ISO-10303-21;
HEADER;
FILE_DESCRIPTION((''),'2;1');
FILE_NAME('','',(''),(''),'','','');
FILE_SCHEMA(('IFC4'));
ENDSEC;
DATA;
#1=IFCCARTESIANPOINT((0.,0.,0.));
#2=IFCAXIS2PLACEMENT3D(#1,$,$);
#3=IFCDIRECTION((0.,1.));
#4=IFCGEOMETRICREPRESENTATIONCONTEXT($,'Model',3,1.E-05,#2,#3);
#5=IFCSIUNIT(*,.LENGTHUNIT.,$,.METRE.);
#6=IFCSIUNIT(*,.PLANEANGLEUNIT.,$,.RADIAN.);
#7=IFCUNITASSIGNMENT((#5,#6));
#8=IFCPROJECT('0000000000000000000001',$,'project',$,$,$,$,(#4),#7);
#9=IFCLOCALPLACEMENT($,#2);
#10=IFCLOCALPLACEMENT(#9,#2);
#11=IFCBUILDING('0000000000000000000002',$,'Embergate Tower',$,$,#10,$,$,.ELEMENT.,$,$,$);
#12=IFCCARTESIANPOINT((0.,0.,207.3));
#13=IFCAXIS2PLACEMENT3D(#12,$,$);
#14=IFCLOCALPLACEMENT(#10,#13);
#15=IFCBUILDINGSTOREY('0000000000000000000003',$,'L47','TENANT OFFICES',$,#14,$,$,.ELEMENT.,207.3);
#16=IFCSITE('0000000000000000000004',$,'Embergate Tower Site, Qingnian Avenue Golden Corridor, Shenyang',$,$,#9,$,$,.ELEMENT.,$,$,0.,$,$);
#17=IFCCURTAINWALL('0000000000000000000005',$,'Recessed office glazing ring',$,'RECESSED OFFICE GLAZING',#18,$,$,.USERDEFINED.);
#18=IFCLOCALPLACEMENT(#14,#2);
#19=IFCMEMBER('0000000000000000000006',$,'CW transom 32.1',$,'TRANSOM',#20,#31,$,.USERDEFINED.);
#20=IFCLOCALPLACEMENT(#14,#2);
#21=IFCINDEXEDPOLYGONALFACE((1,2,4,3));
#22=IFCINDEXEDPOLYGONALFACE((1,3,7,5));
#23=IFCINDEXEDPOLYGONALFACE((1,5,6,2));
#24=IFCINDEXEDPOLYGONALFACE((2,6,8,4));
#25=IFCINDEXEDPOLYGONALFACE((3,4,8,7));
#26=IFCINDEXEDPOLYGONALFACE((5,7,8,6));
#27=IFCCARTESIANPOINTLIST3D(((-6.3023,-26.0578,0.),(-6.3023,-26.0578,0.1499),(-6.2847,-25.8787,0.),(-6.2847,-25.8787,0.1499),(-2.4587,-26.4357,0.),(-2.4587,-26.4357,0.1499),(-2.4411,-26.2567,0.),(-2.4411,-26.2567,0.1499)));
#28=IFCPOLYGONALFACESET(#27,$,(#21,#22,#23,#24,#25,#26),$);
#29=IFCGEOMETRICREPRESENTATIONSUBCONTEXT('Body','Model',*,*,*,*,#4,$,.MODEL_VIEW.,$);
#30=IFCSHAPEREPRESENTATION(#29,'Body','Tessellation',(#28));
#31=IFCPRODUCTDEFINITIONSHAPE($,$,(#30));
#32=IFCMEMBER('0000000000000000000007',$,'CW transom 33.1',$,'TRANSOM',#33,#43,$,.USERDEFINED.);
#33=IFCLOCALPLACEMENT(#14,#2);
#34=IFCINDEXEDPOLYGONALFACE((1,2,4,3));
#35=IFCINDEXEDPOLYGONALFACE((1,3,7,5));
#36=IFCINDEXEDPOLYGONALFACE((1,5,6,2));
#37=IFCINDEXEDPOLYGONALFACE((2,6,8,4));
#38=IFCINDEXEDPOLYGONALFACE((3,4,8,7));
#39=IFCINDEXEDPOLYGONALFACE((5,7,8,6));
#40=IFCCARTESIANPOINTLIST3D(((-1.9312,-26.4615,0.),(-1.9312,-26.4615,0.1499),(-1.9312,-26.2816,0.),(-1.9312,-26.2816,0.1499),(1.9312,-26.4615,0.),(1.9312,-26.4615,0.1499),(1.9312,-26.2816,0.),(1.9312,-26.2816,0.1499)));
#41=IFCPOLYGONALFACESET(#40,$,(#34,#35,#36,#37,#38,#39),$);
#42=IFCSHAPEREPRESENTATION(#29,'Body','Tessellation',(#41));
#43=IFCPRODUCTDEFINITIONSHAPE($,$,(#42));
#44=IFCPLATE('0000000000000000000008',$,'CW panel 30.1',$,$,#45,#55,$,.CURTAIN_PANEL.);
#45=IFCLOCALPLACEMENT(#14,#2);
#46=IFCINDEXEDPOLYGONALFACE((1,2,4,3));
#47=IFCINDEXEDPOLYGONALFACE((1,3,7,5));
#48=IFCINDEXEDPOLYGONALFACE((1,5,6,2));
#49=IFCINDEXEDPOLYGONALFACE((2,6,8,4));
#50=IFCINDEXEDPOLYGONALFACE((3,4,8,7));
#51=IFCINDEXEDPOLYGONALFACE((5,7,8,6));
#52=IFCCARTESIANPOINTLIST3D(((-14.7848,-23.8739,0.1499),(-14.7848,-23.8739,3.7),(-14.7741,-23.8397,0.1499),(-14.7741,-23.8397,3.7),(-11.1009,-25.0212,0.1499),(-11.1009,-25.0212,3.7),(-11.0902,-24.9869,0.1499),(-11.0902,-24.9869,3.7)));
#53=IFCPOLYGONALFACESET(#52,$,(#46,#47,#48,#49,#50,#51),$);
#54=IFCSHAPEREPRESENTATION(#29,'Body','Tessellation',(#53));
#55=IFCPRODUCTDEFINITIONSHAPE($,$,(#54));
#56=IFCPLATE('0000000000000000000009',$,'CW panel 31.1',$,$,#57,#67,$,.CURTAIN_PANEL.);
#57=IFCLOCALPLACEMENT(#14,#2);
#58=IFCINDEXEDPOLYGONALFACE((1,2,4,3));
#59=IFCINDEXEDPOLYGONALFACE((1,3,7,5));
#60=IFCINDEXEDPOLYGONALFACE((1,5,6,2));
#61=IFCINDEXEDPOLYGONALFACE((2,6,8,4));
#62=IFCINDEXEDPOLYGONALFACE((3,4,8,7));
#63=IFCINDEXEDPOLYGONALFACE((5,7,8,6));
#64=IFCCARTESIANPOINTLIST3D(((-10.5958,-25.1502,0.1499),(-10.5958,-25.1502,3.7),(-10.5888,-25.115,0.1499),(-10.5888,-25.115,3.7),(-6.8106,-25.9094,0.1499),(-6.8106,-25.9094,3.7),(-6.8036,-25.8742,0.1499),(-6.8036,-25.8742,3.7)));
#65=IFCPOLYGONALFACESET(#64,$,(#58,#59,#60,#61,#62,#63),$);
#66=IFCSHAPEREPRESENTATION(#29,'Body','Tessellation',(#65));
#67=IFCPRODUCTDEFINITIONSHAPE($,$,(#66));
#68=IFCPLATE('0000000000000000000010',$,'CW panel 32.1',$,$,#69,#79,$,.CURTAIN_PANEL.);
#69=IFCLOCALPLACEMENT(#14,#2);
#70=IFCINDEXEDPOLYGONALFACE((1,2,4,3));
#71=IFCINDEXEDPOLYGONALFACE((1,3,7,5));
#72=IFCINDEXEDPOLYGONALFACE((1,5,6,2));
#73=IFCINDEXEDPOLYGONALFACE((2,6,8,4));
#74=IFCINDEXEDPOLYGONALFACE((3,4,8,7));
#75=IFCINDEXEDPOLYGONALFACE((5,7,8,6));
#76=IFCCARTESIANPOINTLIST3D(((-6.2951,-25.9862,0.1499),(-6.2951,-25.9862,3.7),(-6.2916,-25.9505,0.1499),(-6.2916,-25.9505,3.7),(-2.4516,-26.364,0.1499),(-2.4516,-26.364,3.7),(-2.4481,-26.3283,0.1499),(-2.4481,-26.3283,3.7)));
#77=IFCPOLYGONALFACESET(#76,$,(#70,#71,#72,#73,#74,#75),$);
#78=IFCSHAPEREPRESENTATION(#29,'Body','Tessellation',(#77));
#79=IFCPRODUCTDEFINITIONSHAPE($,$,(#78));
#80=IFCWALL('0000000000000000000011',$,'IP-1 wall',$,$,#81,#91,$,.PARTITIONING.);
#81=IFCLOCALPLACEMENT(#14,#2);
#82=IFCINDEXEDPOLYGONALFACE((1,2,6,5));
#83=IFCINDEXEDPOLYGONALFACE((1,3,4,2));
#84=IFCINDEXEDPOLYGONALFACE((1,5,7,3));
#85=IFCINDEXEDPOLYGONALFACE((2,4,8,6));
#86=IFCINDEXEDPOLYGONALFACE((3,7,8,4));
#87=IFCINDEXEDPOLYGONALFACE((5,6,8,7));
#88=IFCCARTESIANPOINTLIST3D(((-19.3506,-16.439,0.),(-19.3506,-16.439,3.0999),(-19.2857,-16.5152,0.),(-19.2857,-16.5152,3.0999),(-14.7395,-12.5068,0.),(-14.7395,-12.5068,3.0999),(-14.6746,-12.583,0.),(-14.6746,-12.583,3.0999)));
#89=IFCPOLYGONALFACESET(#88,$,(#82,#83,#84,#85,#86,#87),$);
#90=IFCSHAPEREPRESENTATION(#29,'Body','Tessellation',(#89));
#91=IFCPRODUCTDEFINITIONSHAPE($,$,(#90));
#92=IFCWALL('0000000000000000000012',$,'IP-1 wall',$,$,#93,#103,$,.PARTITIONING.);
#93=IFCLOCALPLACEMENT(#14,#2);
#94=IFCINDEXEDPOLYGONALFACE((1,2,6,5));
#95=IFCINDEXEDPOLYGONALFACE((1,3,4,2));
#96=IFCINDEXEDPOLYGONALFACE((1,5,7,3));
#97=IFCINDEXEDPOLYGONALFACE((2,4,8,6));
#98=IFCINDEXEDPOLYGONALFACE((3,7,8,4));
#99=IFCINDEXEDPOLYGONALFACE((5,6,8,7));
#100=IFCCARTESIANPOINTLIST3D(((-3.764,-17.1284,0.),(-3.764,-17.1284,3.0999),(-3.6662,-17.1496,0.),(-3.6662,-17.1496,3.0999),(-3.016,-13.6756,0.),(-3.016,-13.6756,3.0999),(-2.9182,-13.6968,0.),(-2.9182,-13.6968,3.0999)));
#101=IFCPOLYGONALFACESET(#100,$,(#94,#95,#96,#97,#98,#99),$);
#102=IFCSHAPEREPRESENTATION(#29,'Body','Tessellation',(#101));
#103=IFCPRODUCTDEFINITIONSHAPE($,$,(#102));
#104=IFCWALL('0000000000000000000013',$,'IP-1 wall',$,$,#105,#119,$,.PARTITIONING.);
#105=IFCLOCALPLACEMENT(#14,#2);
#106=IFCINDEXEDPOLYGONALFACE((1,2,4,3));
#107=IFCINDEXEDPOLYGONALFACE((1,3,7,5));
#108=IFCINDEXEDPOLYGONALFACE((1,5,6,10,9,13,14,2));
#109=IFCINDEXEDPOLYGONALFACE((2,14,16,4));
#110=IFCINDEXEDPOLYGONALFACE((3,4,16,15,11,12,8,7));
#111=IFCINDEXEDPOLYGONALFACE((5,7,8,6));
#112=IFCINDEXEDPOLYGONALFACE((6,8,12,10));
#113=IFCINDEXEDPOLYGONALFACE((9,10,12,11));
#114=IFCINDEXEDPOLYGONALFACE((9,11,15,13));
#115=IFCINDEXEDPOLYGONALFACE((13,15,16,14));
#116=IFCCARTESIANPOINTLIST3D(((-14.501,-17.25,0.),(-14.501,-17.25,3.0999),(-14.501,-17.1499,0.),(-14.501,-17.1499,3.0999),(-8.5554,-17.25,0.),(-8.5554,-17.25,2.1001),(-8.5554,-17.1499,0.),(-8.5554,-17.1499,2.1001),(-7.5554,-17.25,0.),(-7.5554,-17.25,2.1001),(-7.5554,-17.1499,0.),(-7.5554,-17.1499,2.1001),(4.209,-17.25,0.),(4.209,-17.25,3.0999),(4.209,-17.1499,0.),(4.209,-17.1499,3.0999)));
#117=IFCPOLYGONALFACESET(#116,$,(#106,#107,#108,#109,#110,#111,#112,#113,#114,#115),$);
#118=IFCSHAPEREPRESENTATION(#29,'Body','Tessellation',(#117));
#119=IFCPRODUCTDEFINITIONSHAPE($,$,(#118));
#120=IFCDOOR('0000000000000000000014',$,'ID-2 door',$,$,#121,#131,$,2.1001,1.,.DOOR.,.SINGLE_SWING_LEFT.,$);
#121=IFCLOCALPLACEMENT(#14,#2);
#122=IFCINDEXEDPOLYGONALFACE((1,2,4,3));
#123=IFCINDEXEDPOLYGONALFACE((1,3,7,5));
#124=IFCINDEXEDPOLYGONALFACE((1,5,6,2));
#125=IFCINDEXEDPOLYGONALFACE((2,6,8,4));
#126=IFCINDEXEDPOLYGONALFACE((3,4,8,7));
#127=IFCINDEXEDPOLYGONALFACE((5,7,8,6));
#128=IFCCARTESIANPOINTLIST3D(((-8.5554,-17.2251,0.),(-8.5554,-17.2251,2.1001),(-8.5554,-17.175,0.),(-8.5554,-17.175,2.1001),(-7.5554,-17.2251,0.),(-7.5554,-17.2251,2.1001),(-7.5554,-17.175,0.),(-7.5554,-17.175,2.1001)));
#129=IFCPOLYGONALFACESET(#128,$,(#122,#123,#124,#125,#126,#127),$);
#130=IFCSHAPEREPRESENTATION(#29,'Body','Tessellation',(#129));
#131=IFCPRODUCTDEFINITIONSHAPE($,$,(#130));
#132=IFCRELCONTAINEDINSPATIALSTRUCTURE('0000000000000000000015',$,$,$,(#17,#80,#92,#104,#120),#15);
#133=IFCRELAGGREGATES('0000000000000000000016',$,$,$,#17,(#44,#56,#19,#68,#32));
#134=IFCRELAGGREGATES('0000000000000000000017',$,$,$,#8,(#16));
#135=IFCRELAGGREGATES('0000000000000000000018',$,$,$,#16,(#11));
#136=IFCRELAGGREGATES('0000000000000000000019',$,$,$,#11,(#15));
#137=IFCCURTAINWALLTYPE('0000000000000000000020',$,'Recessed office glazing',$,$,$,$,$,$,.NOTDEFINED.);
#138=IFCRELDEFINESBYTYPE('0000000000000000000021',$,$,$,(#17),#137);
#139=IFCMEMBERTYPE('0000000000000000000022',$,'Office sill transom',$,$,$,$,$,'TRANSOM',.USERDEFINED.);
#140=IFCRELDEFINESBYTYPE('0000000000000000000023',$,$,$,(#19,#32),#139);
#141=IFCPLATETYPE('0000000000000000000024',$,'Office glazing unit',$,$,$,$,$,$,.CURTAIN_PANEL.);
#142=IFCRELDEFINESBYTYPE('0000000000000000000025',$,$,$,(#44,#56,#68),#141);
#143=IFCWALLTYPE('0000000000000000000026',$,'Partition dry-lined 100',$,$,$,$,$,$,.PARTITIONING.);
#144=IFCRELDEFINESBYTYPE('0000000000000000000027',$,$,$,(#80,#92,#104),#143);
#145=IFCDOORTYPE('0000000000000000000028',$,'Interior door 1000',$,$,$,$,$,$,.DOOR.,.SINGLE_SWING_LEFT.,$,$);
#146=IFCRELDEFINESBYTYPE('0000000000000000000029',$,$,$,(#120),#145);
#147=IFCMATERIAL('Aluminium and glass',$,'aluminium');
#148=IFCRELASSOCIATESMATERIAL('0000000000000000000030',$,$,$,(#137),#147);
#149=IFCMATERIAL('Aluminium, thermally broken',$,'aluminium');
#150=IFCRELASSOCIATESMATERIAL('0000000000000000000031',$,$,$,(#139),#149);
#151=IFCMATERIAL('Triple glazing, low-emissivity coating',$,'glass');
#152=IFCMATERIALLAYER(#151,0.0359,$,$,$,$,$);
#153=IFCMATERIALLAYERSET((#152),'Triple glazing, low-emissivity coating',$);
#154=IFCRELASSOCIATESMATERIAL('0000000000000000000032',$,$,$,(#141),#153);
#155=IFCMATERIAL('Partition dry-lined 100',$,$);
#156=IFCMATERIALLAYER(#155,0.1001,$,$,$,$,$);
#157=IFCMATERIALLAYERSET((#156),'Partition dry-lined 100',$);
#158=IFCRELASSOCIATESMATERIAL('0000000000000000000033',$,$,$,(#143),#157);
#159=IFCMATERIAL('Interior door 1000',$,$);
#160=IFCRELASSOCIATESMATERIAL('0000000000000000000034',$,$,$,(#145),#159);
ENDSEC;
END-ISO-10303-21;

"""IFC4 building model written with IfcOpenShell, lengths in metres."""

from ifc_helpers import new_model, si_unit, direction, frame, frame_2d, origin, origin_2d, place, context, subcontext, project, spatial, rectangle, extrude, source, transform, mapped, material, layer, layer_set, material_profile, profile_set, type_object, element, fill, aggregate, save


model = new_model("IFC4")

# Units and contexts
model_context = context("Model", 3, precision=1e-05, world=origin(), true_north=direction((0.0, 1.0)))
body_context = subcontext(model_context, "Body", "Model", "MODEL_VIEW")
ifc_project = project(units=[si_unit("LENGTHUNIT", "METRE"), si_unit("PLANEANGLEUNIT", "RADIAN")], contexts=[model_context])

# Site, building, storey
site_placement = place(None, origin())
site = spatial("IfcSite", under=ifc_project, at=site_placement, Name="Embergate Tower Site, Qingnian Avenue Golden Corridor, Shenyang", CompositionType="ELEMENT", RefElevation=0.0)
building_placement = place(site_placement, origin())
building = spatial("IfcBuilding", under=site, at=building_placement, Name="Embergate Tower", CompositionType="ELEMENT")
storey_placement = place(building_placement, frame((0.0, 0.0, 207.3)))
storey = spatial("IfcBuildingStorey", under=building, at=storey_placement, Name="L47", Description="TENANT OFFICES", CompositionType="ELEMENT", Elevation=207.3)

# Curtain wall, members
ifc_material_1 = material(Name="Aluminium and glass", Category="aluminium")
curtain_wall_type = type_object("IfcCurtainWallType", Name="Recessed office glazing", PredefinedType="NOTDEFINED", material=ifc_material_1)
curtain_wall_placement = place(storey_placement, origin())
curtain_wall = element("IfcCurtainWall", 1, at=curtain_wall_placement, inside=storey, type_object=curtain_wall_type, Name="Recessed office glazing ring", ObjectType="RECESSED OFFICE GLAZING", PredefinedType="USERDEFINED")
ifc_material_2 = material(Name="Aluminium, thermally broken", Category="aluminium")
ifc_material_profile_1 = material_profile(ifc_material_2, rectangle(XDim=0.1799, YDim=0.1499, at=origin_2d()), Name="AL 150x180")
ifc_profile_set_1 = profile_set([ifc_material_profile_1], Name="Aluminium, thermally broken")
member_type_1 = type_object("IfcMemberType", Name="Office sill transom", ElementType="TRANSOM", PredefinedType="USERDEFINED", material=ifc_profile_set_1)
shared_shape_1 = source(origin(), body_context, "Body", "SweptSolid", [
    extrude(rectangle(XDim=0.1799, YDim=0.1499, at=origin_2d()), origin(), (0.0, 0.0, 1.0), 3.8621),
])
member_1_placement = place(storey_placement, frame((-6.2935, -25.9683, 0.075), z_axis=(0.9952, -0.097857, 0.0), x_axis=(0.097857, 0.9952, 0.0)))
member_1 = element("IfcMember", 2, at=member_1_placement, type_object=member_type_1, Name="CW transom 32.1", ObjectType="TRANSOM", PredefinedType="USERDEFINED", context=body_context, shape_type="MappedRepresentation", body=[
    mapped(shared_shape_1, transform((0.0, 0.0, 0.0))),
])
shared_shape_2 = source(origin(), body_context, "Body", "SweptSolid", [
    extrude(rectangle(XDim=0.1799, YDim=0.1499, at=origin_2d()), origin(), (0.0, 0.0, 1.0), 3.8623),
])
member_2_placement = place(storey_placement, frame((-1.9312, -26.3716, 0.075), z_axis=(1.0, 0.0, 0.0), x_axis=(0.0, 1.0, 0.0)))
member_2 = element("IfcMember", 3, at=member_2_placement, type_object=member_type_1, Name="CW transom 33.1", ObjectType="TRANSOM", PredefinedType="USERDEFINED", context=body_context, shape_type="MappedRepresentation", body=[
    mapped(shared_shape_2, transform((0.0, 0.0, 0.0))),
])

# Plates
ifc_material_3 = material(Name="Triple glazing, low-emissivity coating", Category="glass")
ifc_layer_1 = layer(ifc_material_3, 0.0359)
ifc_layer_set_1 = layer_set([ifc_layer_1], Name="Triple glazing, low-emissivity coating")
plate_type = type_object("IfcPlateType", Name="Office glazing unit", PredefinedType="CURTAIN_PANEL", material=ifc_layer_set_1)
shared_shape_3 = source(origin(), body_context, "Body", "SweptSolid", [
    extrude(rectangle(XDim=3.8584, YDim=0.0359, at=origin_2d()), origin(), (0.0, 0.0, 1.0), 3.55),
])
plate_1_placement = place(storey_placement, frame((-12.9375, -24.4304, 0.1499), z_axis=(0.0, 0.0, 1.0), x_axis=(0.954771, -0.297343, 0.0)))
plate_1 = element("IfcPlate", 4, at=plate_1_placement, type_object=plate_type, Name="CW panel 30.1", PredefinedType="CURTAIN_PANEL", context=body_context, shape_type="MappedRepresentation", body=[
    mapped(shared_shape_3, transform((0.0, 0.0, 0.0))),
])
shared_shape_4 = source(origin(), body_context, "Body", "SweptSolid", [
    extrude(rectangle(XDim=3.8606, YDim=0.0359, at=origin_2d()), origin(), (0.0, 0.0, 1.0), 3.55),
])
plate_2_placement = place(storey_placement, frame((-8.6997, -25.5122, 0.1499), z_axis=(0.0, 0.0, 1.0), x_axis=(0.980475, -0.196643, 0.0)))
plate_2 = element("IfcPlate", 5, at=plate_2_placement, type_object=plate_type, Name="CW panel 31.1", PredefinedType="CURTAIN_PANEL", context=body_context, shape_type="MappedRepresentation", body=[
    mapped(shared_shape_4, transform((0.0, 0.0, 0.0))),
])
shared_shape_5 = source(origin(), body_context, "Body", "SweptSolid", [
    extrude(rectangle(XDim=3.8621, YDim=0.0359, at=origin_2d()), origin(), (0.0, 0.0, 1.0), 3.55),
])
plate_3_placement = place(storey_placement, frame((-4.3716, -26.1572, 0.1499), z_axis=(0.0, 0.0, 1.0), x_axis=(0.995203, -0.097831, 0.0)))
plate_3 = element("IfcPlate", 6, at=plate_3_placement, type_object=plate_type, Name="CW panel 32.1", PredefinedType="CURTAIN_PANEL", context=body_context, shape_type="MappedRepresentation", body=[
    mapped(shared_shape_5, transform((0.0, 0.0, 0.0))),
])
aggregate(curtain_wall, [plate_1, plate_2, member_1, plate_3, member_2])

# Walls
ifc_material_4 = material(Name="Partition dry-lined 100")
ifc_layer_2 = layer(ifc_material_4, 0.1001)
ifc_layer_set_2 = layer_set([ifc_layer_2], Name="Partition dry-lined 100")
wall_type = type_object("IfcWallType", Name="Partition dry-lined 100", PredefinedType="PARTITIONING", material=ifc_layer_set_2)
shared_shape_6 = source(origin(), body_context, "Body", "SweptSolid", [
    extrude(rectangle(XDim=6.0601, YDim=0.1001, at=frame_2d((3.03, 0.0))), origin(), (0.0, 0.0, 1.0), 3.0999),
])
wall_1_placement = place(storey_placement, frame((-14.707, -12.5449, 0.0), z_axis=(0.0, 0.0, 1.0), x_axis=(-0.760904, -0.648865, 0.0)))
element("IfcWall", 7, at=wall_1_placement, inside=storey, type_object=wall_type, Name="IP-1 wall", PredefinedType="PARTITIONING", context=body_context, shape_type="MappedRepresentation", body=[
    mapped(shared_shape_6, transform((0.0, 0.0, 0.0))),
])
shared_shape_7 = source(origin(), body_context, "Body", "SweptSolid", [
    extrude(rectangle(XDim=3.533, YDim=0.1001, at=frame_2d((1.7666, 0.0))), origin(), (0.0, 0.0, 1.0), 3.0999),
])
wall_2_placement = place(storey_placement, frame((-2.967, -13.686, 0.0), z_axis=(0.0, 0.0, 1.0), x_axis=(-0.211732, -0.977328, 0.0)))
element("IfcWall", 8, at=wall_2_placement, inside=storey, type_object=wall_type, Name="IP-1 wall", PredefinedType="PARTITIONING", context=body_context, shape_type="MappedRepresentation", body=[
    mapped(shared_shape_7, transform((0.0, 0.0, 0.0))),
])

# Wall, opening, door
shared_shape_8 = source(origin(), body_context, "Body", "SweptSolid", [
    extrude(rectangle(XDim=18.71, YDim=0.1001, at=frame_2d((9.355, 0.0))), origin(), (0.0, 0.0, 1.0), 3.0999),
])
wall_3_placement = place(storey_placement, frame((-14.501, -17.2, 0.0), z_axis=(0.0, 0.0, 1.0), x_axis=(1.0, 0.0, 0.0)))
wall_3 = element("IfcWall", 9, at=wall_3_placement, inside=storey, type_object=wall_type, Name="IP-1 wall", PredefinedType="PARTITIONING", context=body_context, shape_type="MappedRepresentation", body=[
    mapped(shared_shape_8, transform((0.0, 0.0, 0.0))),
])
shared_shape_9 = source(origin(), body_context, "Body", "SweptSolid", [
    extrude(rectangle(XDim=1.0, YDim=2.1001, at=frame_2d((0.5, 1.05))), frame((0.0, 0.0601, 0.0), z_axis=(0.0, -1.0, 0.0), x_axis=(1.0, 0.0, 0.0)), (0.0, 0.0, 1.0), 0.1201),
])
opening_placement = place(wall_3_placement, frame((5.9456, 0.0, 0.0)))
opening = element("IfcOpeningElement", 10, at=opening_placement, cuts=wall_3, PredefinedType="OPENING", context=body_context, shape_type="MappedRepresentation", body=[
    mapped(shared_shape_9, transform((0.0, 0.0, 0.0))),
])
ifc_material_5 = material(Name="Interior door 1000")
door_type = type_object("IfcDoorType", Name="Interior door 1000", OperationType="SINGLE_SWING_LEFT", PredefinedType="DOOR", material=ifc_material_5)
shared_shape_10 = source(origin(), body_context, "Body", "SweptSolid", [
    extrude(rectangle(XDim=1.0, YDim=2.1001, at=frame_2d((0.5, 1.05))), frame((0.0, 0.0249, 0.0), z_axis=(0.0, -1.0, 0.0), x_axis=(1.0, 0.0, 0.0)), (0.0, 0.0, 1.0), 0.05),
])
door_placement = place(opening_placement, origin())
door = element("IfcDoor", 11, at=door_placement, inside=storey, type_object=door_type, Name="ID-2 door", OperationType="SINGLE_SWING_LEFT", OverallHeight=2.1001, OverallWidth=1.0, PredefinedType="DOOR", context=body_context, shape_type="MappedRepresentation", body=[
    mapped(shared_shape_10, transform((0.0, 0.0, 0.0))),
])
fill(opening, door)

save(model, "model.ifc")
